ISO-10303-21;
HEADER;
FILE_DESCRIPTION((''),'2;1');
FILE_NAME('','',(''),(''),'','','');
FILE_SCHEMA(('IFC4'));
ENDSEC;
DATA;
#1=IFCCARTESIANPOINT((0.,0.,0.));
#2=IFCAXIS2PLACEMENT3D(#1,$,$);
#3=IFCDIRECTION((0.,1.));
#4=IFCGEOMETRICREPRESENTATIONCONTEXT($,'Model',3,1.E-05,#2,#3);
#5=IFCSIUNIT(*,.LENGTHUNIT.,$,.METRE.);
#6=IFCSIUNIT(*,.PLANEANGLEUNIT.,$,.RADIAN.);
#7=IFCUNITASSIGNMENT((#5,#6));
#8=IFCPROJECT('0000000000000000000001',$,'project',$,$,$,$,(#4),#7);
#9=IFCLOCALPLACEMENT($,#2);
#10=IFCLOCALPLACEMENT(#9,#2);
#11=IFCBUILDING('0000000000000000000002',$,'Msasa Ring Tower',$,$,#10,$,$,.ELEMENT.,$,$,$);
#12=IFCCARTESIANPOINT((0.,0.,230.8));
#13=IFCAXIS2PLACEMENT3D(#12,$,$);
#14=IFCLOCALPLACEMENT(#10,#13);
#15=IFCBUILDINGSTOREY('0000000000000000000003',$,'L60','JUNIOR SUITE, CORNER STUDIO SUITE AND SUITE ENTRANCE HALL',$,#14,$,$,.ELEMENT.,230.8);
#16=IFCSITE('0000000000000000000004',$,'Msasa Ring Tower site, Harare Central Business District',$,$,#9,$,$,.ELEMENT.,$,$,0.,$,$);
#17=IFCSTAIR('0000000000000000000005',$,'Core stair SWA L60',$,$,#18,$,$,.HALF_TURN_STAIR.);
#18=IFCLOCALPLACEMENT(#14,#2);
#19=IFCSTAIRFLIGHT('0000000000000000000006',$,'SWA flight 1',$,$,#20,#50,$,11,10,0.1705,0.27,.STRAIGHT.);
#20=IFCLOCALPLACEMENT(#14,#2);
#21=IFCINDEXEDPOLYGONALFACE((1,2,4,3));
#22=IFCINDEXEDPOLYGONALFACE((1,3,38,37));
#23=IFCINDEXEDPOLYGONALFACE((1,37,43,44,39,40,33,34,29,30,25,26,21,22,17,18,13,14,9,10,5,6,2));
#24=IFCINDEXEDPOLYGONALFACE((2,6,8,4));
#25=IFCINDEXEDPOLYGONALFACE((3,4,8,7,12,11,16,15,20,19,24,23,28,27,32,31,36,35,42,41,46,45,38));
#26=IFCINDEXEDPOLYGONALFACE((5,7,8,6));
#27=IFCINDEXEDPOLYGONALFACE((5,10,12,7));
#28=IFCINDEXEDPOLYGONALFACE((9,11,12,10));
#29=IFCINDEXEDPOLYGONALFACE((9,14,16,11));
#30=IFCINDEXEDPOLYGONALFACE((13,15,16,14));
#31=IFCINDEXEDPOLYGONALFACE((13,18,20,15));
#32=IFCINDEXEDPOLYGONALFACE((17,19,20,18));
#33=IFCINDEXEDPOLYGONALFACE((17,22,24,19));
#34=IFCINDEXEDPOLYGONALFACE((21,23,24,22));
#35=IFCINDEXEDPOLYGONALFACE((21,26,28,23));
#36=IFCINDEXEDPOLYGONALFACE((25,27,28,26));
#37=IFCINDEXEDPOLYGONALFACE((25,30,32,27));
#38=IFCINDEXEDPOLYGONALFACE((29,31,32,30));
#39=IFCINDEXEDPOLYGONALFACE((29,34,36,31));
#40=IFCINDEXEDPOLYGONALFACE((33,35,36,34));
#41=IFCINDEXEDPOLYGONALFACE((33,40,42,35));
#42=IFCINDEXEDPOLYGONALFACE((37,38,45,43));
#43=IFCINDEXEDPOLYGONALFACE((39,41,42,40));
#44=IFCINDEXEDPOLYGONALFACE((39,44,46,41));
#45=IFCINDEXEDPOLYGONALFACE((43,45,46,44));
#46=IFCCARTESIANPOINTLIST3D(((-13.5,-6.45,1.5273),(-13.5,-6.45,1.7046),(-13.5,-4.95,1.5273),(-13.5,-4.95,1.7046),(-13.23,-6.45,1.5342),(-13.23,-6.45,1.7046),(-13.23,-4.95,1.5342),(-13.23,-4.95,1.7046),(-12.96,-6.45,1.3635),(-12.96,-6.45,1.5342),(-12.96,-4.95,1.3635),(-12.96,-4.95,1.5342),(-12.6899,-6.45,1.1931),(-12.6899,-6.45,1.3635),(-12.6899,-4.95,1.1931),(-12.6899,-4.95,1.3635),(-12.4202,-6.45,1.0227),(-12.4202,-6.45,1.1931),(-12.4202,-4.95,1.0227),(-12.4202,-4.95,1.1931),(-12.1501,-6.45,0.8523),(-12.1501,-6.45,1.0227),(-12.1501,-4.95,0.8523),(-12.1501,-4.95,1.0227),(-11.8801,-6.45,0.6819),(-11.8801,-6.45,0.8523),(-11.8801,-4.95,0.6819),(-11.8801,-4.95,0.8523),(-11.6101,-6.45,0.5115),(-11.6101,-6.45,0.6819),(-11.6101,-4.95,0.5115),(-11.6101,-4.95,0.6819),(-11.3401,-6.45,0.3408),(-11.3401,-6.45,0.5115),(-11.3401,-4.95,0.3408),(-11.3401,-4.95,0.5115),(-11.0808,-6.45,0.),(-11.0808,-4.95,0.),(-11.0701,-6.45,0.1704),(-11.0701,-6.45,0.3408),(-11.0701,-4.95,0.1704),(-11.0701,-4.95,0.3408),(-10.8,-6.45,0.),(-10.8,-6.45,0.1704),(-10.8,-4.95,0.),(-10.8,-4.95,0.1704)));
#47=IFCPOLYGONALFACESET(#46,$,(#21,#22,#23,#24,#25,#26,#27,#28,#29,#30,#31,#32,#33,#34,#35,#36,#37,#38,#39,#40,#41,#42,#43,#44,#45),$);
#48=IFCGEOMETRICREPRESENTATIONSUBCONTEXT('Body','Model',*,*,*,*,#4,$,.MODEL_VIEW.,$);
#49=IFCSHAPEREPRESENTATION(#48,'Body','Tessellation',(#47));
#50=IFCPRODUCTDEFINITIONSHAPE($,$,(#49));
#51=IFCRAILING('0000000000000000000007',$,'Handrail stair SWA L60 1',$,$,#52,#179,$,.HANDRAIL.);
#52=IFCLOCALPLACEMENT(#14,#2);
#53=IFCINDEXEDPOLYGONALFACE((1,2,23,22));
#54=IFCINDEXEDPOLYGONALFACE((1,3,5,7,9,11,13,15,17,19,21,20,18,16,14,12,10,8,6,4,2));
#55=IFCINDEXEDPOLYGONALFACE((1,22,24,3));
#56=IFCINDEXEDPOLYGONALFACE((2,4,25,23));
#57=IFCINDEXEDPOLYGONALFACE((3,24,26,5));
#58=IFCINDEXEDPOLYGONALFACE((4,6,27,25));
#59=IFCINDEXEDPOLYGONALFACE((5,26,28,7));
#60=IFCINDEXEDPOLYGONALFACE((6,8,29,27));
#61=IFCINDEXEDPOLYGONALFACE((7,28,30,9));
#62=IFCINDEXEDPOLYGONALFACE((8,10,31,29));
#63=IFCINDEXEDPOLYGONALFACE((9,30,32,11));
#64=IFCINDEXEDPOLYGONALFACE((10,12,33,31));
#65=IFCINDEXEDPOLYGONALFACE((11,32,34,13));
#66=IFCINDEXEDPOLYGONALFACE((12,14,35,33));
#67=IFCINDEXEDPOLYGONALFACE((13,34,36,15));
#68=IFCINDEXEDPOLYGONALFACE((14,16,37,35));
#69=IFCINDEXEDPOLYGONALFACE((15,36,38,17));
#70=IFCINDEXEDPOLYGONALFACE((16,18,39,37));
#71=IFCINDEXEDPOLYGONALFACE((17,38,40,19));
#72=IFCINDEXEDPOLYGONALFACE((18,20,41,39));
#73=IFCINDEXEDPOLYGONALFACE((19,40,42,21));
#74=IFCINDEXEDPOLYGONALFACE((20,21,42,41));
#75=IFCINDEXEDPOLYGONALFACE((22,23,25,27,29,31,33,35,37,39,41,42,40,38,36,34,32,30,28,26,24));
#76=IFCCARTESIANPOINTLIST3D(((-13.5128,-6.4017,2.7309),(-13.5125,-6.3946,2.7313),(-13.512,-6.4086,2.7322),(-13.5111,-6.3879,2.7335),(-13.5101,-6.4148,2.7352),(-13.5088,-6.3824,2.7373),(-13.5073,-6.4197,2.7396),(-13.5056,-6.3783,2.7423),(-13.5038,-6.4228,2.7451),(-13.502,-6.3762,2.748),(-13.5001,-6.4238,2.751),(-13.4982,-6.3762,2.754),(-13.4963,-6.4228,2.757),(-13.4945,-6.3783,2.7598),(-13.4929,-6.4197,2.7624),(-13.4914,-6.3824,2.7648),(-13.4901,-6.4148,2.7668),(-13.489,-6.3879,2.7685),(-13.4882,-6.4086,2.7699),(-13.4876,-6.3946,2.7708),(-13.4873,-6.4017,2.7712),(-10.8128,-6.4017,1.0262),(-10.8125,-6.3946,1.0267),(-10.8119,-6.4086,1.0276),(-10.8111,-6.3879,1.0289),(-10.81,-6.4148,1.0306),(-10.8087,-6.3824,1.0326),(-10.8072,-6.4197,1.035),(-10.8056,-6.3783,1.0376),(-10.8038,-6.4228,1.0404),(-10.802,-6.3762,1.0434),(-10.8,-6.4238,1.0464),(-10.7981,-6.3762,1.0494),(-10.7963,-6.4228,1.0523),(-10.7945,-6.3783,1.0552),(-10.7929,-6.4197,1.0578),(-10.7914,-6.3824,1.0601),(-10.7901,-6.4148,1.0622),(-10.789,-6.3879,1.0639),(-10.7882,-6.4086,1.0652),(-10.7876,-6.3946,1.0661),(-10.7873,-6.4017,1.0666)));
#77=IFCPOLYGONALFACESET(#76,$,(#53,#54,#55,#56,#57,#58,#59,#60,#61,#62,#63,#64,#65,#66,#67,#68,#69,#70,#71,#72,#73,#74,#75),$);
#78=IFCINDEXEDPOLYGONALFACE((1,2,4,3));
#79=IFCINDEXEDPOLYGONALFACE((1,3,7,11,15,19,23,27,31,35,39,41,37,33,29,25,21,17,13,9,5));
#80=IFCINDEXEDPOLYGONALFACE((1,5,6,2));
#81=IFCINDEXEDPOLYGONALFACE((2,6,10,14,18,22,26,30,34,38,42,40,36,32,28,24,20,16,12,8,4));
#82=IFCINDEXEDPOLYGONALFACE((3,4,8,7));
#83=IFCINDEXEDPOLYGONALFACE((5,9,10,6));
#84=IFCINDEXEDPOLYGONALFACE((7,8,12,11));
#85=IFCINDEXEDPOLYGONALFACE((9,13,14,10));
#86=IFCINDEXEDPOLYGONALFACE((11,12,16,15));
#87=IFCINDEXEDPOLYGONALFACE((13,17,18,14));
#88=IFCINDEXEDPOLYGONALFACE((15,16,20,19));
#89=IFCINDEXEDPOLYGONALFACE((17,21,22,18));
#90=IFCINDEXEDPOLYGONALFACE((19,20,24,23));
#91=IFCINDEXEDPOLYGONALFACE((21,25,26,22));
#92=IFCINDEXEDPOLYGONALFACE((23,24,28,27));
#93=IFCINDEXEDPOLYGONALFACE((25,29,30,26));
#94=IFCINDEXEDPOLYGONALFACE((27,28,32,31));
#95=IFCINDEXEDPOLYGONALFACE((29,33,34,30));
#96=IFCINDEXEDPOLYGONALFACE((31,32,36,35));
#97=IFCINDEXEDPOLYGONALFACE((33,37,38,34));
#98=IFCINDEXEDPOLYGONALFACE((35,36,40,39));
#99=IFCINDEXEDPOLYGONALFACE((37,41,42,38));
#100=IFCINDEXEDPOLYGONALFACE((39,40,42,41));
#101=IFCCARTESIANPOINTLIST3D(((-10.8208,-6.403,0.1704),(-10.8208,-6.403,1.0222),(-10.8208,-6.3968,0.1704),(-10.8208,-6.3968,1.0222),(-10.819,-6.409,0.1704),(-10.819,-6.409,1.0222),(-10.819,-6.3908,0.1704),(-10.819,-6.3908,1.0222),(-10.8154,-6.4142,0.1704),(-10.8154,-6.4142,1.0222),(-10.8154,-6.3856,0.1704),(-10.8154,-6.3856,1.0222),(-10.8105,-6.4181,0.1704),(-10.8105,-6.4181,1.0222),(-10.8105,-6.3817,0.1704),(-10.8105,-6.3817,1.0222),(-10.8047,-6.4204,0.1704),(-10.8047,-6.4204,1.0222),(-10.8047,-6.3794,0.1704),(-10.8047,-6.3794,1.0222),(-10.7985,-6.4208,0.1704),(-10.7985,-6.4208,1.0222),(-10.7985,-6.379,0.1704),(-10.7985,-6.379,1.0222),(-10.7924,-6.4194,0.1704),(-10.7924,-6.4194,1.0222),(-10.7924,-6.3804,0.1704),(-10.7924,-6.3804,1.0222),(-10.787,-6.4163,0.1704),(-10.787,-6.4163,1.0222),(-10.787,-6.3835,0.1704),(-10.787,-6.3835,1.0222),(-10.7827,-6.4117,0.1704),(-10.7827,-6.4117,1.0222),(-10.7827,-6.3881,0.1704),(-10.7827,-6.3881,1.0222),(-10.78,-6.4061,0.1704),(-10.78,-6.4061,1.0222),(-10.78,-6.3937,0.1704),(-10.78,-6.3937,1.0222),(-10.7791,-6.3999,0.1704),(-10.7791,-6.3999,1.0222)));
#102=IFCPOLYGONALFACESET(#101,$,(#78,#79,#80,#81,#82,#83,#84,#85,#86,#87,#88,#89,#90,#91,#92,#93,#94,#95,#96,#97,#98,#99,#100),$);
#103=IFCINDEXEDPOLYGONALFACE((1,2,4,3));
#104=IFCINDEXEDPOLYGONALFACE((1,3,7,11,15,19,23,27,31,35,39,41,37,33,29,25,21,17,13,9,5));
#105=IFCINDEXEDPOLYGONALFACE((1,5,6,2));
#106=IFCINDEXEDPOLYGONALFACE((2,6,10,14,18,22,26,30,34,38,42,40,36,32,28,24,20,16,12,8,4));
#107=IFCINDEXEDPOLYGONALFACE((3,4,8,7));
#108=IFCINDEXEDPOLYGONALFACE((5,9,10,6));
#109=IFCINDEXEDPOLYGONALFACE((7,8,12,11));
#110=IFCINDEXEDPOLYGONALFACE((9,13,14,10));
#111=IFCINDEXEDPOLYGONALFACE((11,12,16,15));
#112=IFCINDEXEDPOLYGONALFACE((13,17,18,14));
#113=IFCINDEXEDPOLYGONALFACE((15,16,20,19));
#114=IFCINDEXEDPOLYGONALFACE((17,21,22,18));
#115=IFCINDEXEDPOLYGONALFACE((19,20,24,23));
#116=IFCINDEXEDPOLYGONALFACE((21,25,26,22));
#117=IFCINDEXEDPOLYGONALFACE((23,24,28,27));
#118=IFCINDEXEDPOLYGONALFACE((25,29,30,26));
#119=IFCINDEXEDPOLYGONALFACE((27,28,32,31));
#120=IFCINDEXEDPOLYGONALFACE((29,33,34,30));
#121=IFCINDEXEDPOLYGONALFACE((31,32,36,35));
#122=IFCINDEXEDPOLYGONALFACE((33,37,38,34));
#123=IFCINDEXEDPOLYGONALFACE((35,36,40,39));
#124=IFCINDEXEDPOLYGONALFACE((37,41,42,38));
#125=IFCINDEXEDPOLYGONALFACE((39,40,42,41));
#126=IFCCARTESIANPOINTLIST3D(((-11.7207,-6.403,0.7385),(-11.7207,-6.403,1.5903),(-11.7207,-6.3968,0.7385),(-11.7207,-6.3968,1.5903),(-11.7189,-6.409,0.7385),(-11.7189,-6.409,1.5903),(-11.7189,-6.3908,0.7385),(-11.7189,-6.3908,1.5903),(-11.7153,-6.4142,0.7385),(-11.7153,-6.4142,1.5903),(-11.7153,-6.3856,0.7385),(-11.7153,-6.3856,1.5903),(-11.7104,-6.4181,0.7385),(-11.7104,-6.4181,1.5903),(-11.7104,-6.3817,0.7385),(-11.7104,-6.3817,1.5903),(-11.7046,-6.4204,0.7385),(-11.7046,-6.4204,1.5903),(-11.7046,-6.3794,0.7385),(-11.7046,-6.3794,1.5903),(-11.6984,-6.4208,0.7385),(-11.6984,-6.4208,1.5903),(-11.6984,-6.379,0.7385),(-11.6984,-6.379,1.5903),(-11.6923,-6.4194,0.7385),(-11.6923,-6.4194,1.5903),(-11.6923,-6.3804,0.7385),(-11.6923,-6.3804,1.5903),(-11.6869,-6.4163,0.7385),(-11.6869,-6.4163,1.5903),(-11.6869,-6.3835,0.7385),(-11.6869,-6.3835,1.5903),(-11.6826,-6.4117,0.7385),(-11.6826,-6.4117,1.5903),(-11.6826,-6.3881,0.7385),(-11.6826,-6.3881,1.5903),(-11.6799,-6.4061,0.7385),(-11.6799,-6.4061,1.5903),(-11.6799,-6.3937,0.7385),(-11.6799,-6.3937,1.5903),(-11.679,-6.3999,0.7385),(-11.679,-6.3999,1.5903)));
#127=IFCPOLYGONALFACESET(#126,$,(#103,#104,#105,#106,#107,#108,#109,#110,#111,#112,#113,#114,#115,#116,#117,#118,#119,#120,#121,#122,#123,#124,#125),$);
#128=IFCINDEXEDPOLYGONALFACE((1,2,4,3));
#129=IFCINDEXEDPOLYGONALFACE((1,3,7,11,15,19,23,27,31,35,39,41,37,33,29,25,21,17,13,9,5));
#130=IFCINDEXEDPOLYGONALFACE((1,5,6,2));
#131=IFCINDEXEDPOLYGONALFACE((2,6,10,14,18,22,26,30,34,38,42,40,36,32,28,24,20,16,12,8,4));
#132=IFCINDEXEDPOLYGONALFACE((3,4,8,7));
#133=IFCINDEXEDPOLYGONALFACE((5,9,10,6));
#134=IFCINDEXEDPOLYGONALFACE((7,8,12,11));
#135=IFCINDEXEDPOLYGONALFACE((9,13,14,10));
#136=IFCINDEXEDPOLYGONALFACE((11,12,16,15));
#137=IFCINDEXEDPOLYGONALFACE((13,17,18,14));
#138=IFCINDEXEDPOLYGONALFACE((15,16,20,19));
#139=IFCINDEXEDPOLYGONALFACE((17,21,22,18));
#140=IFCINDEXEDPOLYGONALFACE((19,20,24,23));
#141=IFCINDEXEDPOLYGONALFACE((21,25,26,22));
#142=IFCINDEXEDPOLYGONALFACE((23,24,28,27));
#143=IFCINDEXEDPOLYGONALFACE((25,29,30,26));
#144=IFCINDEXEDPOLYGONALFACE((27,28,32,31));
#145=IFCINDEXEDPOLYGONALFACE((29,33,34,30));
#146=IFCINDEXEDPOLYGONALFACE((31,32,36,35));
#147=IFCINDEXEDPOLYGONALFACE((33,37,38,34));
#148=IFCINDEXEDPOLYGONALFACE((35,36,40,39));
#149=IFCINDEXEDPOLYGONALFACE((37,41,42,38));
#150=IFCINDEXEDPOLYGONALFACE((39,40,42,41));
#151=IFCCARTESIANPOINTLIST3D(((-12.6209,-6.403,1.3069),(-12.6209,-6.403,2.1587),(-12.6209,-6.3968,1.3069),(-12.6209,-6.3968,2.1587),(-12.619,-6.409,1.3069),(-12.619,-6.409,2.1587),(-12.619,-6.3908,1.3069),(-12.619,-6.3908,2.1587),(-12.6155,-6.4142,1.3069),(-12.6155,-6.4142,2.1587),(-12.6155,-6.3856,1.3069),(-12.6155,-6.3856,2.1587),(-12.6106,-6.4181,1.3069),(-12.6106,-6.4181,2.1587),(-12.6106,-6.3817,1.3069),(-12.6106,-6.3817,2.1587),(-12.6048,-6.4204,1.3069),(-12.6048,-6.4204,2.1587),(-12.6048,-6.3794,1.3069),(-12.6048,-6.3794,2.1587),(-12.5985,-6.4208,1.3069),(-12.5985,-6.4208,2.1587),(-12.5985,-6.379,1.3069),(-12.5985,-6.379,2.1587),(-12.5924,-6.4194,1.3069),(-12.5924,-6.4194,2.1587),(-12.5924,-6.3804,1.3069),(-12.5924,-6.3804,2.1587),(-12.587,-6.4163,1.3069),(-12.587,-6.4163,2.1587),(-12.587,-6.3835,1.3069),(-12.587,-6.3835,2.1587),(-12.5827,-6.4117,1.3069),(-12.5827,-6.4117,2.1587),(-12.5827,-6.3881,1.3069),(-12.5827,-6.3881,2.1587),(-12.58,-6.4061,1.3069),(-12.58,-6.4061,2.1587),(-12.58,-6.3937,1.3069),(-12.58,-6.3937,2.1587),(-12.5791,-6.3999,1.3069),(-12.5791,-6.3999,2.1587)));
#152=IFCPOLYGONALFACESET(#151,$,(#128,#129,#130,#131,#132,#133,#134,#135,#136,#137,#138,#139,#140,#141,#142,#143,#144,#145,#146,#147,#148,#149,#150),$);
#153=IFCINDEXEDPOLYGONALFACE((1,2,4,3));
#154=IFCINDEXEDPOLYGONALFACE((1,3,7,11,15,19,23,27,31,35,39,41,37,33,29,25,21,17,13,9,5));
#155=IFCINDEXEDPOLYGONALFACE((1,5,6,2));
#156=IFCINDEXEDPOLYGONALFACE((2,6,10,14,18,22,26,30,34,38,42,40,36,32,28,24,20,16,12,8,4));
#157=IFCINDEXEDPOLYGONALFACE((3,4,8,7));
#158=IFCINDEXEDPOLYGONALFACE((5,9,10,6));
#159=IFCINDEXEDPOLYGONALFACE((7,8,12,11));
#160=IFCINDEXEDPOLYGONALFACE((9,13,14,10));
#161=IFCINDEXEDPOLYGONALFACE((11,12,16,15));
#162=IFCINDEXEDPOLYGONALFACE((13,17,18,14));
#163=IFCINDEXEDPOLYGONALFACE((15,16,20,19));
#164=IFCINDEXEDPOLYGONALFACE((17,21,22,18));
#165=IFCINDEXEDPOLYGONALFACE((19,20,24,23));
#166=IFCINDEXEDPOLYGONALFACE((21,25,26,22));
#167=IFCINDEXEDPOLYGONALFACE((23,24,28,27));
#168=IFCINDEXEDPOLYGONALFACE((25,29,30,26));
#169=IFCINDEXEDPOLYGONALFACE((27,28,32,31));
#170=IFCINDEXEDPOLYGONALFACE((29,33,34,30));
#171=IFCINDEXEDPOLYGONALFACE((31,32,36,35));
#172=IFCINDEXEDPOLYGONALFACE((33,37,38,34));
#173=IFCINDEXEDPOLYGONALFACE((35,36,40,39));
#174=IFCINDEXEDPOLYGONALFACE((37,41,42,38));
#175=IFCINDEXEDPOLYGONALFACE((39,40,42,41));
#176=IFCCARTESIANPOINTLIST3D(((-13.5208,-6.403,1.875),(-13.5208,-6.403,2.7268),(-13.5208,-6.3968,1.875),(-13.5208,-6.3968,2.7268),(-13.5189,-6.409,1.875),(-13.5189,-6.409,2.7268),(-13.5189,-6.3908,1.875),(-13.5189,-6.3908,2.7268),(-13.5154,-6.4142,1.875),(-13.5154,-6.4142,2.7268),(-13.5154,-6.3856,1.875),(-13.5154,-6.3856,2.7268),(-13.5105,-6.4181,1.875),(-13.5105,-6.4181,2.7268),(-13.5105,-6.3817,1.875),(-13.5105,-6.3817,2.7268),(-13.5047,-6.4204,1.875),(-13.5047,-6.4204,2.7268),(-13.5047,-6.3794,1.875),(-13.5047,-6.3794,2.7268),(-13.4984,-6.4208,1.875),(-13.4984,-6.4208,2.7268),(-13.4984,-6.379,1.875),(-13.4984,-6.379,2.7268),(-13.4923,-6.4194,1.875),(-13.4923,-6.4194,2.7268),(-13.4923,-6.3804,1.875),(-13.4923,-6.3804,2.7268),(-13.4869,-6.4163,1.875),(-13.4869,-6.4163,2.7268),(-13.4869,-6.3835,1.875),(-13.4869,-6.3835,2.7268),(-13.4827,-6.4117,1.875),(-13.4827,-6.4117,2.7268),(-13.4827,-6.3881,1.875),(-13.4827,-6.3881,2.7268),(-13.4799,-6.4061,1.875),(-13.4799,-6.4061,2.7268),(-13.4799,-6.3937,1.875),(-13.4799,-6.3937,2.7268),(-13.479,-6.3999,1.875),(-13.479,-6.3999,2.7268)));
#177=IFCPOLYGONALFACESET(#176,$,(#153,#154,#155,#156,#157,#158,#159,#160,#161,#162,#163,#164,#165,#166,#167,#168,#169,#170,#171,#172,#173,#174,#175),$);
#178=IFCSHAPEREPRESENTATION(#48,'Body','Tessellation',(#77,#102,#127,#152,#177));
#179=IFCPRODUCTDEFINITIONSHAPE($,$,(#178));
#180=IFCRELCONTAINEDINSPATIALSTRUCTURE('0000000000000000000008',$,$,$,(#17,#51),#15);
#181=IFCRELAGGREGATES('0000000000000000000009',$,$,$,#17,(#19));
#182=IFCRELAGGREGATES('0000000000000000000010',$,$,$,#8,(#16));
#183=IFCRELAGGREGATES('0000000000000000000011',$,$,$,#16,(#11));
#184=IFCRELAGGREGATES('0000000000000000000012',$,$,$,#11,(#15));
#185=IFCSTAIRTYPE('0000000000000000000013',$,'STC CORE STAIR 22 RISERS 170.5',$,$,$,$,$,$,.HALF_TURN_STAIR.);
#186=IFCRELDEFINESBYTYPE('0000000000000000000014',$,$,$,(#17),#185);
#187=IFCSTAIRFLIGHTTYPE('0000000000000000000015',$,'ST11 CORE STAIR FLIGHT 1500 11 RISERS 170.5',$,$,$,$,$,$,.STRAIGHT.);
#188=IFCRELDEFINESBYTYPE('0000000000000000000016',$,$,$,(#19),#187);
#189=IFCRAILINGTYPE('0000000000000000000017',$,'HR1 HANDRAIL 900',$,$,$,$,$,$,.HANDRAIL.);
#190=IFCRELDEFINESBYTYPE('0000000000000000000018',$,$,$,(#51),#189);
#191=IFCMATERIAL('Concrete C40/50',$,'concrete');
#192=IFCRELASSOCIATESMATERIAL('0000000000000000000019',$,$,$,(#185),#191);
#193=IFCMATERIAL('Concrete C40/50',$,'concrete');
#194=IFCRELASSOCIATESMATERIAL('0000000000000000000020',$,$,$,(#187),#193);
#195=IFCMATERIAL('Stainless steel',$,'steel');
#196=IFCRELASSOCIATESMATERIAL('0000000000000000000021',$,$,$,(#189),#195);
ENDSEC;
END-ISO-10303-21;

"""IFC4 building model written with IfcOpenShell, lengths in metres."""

from ifc_helpers import new_model, si_unit, direction, frame, origin, origin_2d, place, context, subcontext, project, spatial, polyline, circle, outline, extrude, material, type_object, element, aggregate, save


model = new_model("IFC4")

# Units and contexts
model_context = context("Model", 3, precision=1e-05, world=origin(), true_north=direction((0.0, 1.0)))
body_context = subcontext(model_context, "Body", "Model", "MODEL_VIEW")
ifc_project = project(units=[si_unit("LENGTHUNIT", "METRE"), si_unit("PLANEANGLEUNIT", "RADIAN")], contexts=[model_context])

# Site, building, storey
site_placement = place(None, origin())
site = spatial("IfcSite", under=ifc_project, at=site_placement, Name="Msasa Ring Tower site, Harare Central Business District", CompositionType="ELEMENT", RefElevation=0.0)
building_placement = place(site_placement, origin())
building = spatial("IfcBuilding", under=site, at=building_placement, Name="Msasa Ring Tower", CompositionType="ELEMENT")
storey_placement = place(building_placement, frame((0.0, 0.0, 230.8)))
storey = spatial("IfcBuildingStorey", under=building, at=storey_placement, Name="L60", Description="JUNIOR SUITE, CORNER STUDIO SUITE AND SUITE ENTRANCE HALL", CompositionType="ELEMENT", Elevation=230.8)

# Stair, stair flight
ifc_material_1 = material(Name="Concrete C40/50", Category="concrete")
stair_type = type_object("IfcStairType", Name="STC CORE STAIR 22 RISERS 170.5", PredefinedType="HALF_TURN_STAIR", material=ifc_material_1)
stair_placement = place(storey_placement, origin())
stair = element("IfcStair", 1, at=stair_placement, inside=storey, type_object=stair_type, Name="Core stair SWA L60", PredefinedType="HALF_TURN_STAIR")
ifc_material_2 = material(Name="Concrete C40/50", Category="concrete")
stair_flight_type = type_object("IfcStairFlightType", Name="ST11 CORE STAIR FLIGHT 1500 11 RISERS 170.5", PredefinedType="STRAIGHT", material=ifc_material_2)
stair_flight_placement = place(storey_placement, frame((-10.8, -5.7, 0.0), z_axis=(0.0, 0.0, 1.0), x_axis=(-1.0, 0.0, 0.0)))
stair_flight = element("IfcStairFlight", 2, at=stair_flight_placement, type_object=stair_flight_type, Name="SWA flight 1", NumberOfRisers=11, NumberOfTreads=10, PredefinedType="STRAIGHT", RiserHeight=0.1705, TreadLength=0.27, context=body_context, shape_type="SweptSolid", body=[
    extrude(outline(polyline([(0.0, 0.0), (0.0, 0.1704), (0.27, 0.1704), (0.27, 0.3408), (0.54, 0.3408), (0.54, 0.5115), (0.8101, 0.5115), (0.8101, 0.6819), (1.0801, 0.6819), (1.0801, 0.8523), (1.3501, 0.8523), (1.3501, 1.0227), (1.6201, 1.0227), (1.6201, 1.1931), (1.8899, 1.1931), (1.8899, 1.3635), (2.1599, 1.3635), (2.1599, 1.5342), (2.4299, 1.5342), (2.4299, 1.7046), (2.7, 1.7046), (2.7, 1.875), (2.7, 1.5273), (0.2808, 0.0), (0.0, 0.0)])), frame((0.0, 0.75, 0.0), z_axis=(0.0, -1.0, 0.0), x_axis=(1.0, 0.0, 0.0)), (0.0, 0.0, 1.0), 1.5),
])
aggregate(stair, [stair_flight])

# Railing
ifc_material_3 = material(Name="Stainless steel", Category="steel")
railing_type = type_object("IfcRailingType", Name="HR1 HANDRAIL 900", PredefinedType="HANDRAIL", material=ifc_material_3)
for number, where, name in (
    (3, (-10.8, -6.3999, 0.1704), "Handrail stair SWA L60 1"),
):
    element("IfcRailing", number, at=place(storey_placement, frame(where)), inside=storey, type_object=railing_type, Name=name, PredefinedType="HANDRAIL", context=body_context, shape_type="SweptSolid", body=[
        extrude(circle(Radius=0.0239, at=origin_2d()), frame((0.0, 0.0, 0.876), z_axis=(-0.84558, 0.0, 0.533849), x_axis=(0.0, -1.0, 0.0)), (0.0, 0.0, 1.0), 3.1931),
        extrude(circle(Radius=0.021, at=origin_2d()), origin(), (0.0, 0.0, 1.0), 0.8518),
        extrude(circle(Radius=0.021, at=origin_2d()), frame((-0.8999, 0.0, 0.5681)), (0.0, 0.0, 1.0), 0.8518),
        extrude(circle(Radius=0.021, at=origin_2d()), frame((-1.8, 0.0, 1.1365)), (0.0, 0.0, 1.0), 0.8518),
        extrude(circle(Radius=0.021, at=origin_2d()), frame((-2.7, 0.0, 1.7046)), (0.0, 0.0, 1.0), 0.8518),
    ])

save(model, "model.ifc")
